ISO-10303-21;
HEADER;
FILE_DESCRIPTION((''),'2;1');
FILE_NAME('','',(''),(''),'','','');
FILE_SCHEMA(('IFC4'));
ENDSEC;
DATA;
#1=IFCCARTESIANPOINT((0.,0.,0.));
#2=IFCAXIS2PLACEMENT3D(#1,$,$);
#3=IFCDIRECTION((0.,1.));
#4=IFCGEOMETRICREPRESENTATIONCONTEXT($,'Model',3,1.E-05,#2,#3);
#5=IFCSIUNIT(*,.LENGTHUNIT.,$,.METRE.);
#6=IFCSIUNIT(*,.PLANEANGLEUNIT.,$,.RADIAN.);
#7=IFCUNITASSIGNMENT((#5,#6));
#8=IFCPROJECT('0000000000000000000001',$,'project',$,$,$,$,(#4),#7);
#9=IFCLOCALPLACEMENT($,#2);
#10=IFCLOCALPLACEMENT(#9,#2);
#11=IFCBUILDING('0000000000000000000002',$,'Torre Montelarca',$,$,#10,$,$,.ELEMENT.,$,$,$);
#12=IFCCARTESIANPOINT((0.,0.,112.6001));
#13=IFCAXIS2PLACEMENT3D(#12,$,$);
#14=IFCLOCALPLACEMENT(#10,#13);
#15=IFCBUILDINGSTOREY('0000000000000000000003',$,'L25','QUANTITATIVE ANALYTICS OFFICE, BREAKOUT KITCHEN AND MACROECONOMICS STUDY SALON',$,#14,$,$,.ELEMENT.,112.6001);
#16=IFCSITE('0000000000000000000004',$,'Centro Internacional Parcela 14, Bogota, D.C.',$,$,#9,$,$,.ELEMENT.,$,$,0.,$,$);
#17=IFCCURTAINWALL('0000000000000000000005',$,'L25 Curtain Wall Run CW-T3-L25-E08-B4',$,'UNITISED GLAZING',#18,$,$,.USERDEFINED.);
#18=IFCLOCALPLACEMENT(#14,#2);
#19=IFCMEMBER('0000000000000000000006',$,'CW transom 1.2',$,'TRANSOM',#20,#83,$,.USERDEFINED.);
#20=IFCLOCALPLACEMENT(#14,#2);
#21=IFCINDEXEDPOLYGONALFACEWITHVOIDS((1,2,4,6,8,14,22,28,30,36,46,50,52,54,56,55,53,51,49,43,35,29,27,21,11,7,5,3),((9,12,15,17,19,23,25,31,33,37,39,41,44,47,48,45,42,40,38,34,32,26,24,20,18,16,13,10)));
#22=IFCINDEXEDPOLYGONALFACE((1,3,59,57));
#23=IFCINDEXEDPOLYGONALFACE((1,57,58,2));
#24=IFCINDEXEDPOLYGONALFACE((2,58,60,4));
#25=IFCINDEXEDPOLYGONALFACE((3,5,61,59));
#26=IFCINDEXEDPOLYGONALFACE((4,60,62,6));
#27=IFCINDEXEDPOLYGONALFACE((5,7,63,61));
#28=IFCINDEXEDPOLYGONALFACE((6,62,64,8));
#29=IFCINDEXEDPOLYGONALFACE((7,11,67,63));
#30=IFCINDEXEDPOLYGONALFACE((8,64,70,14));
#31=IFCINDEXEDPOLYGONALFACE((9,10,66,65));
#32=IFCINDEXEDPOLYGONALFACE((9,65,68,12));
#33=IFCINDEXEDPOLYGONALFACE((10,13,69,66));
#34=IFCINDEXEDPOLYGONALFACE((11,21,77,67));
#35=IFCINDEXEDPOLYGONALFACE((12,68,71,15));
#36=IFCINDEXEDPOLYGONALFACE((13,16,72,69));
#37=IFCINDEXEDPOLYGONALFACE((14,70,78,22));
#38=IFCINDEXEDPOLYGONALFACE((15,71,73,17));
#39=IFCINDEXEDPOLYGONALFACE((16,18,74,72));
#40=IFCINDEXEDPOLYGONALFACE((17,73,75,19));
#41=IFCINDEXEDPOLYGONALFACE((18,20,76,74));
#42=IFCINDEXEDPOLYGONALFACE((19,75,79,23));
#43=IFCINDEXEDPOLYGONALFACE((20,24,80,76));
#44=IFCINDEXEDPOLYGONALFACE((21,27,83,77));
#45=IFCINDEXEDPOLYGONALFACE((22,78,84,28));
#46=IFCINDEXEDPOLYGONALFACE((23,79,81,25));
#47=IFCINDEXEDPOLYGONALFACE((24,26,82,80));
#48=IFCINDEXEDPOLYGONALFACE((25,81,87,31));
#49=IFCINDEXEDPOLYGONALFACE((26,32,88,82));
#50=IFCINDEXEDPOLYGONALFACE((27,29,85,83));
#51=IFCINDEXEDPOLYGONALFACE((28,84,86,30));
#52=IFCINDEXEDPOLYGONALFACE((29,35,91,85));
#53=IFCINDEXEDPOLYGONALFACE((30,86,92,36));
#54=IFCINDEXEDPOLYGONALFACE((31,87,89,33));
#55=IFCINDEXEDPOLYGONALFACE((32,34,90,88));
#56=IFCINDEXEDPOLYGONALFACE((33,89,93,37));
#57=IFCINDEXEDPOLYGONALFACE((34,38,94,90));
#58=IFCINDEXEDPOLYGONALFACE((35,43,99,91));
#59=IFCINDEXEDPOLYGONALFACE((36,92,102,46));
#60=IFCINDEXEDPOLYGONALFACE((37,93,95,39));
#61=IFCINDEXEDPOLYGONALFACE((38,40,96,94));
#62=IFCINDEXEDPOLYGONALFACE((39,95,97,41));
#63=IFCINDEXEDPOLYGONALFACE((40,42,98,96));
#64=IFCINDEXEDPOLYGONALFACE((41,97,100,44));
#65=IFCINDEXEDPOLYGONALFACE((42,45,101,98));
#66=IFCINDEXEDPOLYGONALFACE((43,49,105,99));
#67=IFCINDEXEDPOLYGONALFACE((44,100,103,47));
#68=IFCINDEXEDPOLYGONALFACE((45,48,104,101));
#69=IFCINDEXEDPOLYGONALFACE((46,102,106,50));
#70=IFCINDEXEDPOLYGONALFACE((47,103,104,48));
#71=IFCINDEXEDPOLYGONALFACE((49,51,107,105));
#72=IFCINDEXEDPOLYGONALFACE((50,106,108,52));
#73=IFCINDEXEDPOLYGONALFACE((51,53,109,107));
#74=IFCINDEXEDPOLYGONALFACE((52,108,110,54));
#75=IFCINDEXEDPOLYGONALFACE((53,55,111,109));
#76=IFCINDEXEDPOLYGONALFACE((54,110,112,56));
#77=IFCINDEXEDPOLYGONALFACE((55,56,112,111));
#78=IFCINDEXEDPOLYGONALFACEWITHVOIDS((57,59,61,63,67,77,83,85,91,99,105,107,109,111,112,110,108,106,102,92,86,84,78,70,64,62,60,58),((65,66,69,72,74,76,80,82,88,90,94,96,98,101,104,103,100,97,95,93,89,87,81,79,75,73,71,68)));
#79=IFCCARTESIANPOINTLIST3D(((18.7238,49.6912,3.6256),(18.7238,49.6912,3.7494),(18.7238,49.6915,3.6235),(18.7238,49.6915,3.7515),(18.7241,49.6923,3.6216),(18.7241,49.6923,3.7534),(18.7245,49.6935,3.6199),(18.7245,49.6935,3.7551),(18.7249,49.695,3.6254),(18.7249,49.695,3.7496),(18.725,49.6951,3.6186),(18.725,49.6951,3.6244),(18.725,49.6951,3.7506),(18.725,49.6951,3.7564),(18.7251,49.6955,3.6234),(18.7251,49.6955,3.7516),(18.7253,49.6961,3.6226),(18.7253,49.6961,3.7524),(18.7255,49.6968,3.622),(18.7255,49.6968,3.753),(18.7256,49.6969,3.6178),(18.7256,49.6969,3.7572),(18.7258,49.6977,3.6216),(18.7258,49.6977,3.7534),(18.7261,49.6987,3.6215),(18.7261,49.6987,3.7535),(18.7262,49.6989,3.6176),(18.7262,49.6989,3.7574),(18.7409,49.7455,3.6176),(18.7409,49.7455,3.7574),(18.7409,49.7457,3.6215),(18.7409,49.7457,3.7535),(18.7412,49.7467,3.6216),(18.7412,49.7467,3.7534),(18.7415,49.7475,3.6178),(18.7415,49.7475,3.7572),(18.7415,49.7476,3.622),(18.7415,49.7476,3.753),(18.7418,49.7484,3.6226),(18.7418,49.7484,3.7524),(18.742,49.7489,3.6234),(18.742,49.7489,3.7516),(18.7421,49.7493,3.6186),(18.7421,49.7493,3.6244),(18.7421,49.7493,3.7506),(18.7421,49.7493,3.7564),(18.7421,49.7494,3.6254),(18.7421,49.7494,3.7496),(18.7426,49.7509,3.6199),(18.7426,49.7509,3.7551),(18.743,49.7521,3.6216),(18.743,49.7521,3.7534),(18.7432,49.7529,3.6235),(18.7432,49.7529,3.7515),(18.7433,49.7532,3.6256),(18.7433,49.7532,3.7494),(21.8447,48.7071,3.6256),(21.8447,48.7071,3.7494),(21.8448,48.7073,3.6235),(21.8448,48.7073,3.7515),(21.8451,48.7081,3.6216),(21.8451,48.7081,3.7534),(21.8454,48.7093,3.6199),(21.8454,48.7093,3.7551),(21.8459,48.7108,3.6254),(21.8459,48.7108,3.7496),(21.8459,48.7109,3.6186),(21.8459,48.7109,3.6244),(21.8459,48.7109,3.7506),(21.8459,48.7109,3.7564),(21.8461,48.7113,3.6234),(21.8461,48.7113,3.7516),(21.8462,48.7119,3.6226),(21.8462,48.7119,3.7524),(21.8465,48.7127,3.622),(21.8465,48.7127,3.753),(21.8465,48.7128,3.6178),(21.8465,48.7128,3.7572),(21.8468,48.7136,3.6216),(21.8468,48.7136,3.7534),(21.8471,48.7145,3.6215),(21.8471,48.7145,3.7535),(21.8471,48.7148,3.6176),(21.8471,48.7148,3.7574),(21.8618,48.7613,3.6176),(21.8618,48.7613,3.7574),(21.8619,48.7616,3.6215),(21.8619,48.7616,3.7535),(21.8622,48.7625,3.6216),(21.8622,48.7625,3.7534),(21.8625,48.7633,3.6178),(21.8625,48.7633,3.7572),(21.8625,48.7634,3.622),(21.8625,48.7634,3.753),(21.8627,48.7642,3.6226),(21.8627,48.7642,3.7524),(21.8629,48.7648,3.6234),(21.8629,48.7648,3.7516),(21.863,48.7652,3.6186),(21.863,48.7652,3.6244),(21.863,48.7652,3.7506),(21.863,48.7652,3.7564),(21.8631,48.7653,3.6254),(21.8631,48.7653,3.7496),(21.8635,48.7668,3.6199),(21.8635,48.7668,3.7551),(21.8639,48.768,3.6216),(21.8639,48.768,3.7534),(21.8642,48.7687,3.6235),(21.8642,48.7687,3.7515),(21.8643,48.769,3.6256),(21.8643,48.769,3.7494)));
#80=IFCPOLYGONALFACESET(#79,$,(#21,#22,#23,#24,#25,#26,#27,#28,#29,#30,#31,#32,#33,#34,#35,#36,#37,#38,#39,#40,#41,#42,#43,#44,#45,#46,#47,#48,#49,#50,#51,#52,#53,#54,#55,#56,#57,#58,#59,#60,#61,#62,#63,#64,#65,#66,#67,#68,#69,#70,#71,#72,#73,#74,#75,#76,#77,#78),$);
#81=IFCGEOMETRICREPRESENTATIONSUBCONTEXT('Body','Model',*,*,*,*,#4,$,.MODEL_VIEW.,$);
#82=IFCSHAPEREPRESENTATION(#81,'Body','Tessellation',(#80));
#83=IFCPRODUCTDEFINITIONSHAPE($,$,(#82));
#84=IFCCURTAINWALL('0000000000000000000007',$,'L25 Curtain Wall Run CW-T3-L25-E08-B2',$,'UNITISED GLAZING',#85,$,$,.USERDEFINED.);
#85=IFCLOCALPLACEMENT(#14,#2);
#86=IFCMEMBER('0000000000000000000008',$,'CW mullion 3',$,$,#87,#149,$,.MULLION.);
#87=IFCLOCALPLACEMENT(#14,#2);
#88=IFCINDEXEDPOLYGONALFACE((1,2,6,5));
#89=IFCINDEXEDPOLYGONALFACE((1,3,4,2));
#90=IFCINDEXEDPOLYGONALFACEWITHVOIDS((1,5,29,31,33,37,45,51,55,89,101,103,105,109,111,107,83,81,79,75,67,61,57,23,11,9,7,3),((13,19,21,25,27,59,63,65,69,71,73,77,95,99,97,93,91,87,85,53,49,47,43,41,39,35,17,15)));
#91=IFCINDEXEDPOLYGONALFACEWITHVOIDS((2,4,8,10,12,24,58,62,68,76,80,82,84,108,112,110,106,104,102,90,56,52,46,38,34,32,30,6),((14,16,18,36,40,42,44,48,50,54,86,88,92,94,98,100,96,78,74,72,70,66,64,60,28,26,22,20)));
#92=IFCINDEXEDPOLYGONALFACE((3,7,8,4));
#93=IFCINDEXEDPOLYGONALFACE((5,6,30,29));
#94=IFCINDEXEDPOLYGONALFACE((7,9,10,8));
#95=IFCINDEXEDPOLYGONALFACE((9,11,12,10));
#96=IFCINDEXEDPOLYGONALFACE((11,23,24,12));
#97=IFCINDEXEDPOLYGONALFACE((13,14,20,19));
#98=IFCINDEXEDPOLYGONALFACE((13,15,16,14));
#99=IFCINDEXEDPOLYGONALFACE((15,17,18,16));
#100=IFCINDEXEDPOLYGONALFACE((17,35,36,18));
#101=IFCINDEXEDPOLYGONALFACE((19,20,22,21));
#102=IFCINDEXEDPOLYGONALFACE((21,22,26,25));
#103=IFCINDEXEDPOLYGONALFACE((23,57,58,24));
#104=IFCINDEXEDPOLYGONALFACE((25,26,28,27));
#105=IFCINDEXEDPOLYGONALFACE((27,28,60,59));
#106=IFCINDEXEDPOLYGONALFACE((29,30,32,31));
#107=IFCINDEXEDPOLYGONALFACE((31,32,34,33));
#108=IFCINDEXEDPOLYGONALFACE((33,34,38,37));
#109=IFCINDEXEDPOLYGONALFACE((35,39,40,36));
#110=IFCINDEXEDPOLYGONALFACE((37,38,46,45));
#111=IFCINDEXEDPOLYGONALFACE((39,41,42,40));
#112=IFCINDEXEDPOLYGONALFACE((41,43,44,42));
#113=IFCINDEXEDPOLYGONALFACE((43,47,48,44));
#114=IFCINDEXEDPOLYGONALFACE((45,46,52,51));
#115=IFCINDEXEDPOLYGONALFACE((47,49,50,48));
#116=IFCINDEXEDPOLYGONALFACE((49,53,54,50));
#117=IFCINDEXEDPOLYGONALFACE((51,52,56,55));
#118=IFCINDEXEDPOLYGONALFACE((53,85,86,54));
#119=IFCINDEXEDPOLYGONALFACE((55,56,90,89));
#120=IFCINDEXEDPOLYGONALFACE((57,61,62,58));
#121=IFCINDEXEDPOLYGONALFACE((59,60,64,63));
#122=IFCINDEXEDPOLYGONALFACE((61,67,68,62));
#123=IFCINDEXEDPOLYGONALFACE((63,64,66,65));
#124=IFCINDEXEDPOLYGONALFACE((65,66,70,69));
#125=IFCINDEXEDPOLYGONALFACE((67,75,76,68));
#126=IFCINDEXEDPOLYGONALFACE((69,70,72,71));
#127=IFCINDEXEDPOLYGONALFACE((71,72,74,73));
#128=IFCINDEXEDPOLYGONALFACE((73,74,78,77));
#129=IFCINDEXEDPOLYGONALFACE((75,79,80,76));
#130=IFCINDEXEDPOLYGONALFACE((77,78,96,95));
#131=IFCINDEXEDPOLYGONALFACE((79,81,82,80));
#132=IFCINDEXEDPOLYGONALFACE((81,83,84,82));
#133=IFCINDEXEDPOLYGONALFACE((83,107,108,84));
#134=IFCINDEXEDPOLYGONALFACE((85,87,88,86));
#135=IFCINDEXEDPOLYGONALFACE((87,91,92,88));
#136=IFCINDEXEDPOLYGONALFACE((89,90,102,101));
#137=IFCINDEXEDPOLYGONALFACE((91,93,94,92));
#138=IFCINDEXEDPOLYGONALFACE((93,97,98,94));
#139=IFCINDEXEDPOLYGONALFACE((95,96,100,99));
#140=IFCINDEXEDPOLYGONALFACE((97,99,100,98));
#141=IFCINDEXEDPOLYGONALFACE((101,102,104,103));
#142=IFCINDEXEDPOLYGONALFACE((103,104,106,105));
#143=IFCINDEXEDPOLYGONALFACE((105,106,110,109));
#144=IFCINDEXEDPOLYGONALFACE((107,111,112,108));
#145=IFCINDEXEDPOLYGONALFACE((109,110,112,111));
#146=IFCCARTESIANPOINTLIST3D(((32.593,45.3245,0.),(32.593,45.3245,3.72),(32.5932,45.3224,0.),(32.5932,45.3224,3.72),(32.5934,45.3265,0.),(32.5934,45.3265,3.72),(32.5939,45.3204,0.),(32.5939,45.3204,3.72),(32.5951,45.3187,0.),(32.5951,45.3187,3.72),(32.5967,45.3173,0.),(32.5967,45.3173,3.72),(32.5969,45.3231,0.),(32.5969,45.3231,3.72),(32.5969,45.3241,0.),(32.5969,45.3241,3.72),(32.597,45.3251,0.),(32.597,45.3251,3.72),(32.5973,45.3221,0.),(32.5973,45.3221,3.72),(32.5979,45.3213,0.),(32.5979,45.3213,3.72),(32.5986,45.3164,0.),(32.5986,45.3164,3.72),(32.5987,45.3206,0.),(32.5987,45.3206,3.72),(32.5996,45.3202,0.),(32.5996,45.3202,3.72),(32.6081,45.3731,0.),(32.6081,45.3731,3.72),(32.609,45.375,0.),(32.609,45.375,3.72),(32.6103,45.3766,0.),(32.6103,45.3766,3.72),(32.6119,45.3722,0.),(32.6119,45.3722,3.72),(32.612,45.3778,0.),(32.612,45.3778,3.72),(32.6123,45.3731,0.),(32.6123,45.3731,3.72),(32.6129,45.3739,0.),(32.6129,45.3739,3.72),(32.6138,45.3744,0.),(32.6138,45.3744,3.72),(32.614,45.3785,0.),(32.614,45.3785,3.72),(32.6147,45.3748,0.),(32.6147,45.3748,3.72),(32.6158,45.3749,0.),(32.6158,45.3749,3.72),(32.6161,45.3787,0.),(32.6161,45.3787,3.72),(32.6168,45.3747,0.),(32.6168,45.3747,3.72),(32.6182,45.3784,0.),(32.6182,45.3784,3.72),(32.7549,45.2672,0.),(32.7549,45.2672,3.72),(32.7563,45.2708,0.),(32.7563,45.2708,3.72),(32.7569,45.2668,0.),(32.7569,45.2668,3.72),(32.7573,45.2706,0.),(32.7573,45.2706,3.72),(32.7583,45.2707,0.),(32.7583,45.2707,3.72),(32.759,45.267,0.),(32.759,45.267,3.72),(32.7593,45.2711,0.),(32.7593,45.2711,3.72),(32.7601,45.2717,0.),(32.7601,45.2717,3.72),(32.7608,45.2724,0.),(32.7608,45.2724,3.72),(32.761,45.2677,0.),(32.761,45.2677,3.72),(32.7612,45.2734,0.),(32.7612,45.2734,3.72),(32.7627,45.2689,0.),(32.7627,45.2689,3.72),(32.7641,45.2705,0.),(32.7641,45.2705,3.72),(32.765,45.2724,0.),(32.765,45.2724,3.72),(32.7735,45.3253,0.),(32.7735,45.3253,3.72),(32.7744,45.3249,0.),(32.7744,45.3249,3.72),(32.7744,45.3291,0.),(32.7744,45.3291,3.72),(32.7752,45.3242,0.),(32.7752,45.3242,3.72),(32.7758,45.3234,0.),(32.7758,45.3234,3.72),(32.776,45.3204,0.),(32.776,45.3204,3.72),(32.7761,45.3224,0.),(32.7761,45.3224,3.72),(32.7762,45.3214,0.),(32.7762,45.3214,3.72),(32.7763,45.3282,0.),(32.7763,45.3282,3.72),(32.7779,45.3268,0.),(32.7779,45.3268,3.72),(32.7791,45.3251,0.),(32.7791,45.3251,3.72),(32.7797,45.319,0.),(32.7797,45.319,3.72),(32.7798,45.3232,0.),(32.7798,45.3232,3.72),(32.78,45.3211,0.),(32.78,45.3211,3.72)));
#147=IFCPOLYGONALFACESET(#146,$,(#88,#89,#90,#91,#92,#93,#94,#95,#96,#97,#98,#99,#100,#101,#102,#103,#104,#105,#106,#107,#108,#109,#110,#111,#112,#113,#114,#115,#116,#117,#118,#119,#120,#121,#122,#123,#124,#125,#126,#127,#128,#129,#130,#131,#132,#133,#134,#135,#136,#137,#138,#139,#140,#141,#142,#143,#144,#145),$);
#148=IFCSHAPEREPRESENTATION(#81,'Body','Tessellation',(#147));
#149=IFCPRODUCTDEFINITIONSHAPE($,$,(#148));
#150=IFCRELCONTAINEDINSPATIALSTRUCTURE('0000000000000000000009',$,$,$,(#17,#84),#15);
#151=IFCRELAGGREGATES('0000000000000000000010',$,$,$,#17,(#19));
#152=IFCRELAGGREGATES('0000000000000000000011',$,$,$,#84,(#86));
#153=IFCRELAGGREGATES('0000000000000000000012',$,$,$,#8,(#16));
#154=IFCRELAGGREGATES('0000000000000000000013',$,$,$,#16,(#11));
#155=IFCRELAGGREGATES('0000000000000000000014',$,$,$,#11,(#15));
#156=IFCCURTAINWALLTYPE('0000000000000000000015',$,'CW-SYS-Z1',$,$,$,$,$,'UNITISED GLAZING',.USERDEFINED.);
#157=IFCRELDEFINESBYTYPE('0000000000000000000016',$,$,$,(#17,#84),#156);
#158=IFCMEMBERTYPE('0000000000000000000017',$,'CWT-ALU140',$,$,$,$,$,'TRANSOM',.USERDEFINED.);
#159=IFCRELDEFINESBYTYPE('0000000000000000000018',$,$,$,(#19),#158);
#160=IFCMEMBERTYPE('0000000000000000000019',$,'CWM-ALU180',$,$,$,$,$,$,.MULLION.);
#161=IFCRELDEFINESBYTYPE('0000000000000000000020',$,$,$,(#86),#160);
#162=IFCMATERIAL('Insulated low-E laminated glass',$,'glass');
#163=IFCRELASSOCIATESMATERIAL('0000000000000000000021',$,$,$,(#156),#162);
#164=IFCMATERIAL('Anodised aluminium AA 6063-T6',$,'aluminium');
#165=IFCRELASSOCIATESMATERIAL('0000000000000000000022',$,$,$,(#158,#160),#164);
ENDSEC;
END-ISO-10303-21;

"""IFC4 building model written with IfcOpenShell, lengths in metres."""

from ifc_helpers import new_model, si_unit, direction, frame, origin, origin_2d, place, context, subcontext, project, spatial, hollow_rectangle, extrude, source, transform, mapped, material, material_profile, profile_set, type_object, element, aggregate, save


model = new_model("IFC4")

# Units and contexts
model_context = context("Model", 3, precision=1e-05, world=origin(), true_north=direction((0.0, 1.0)))
body_context = subcontext(model_context, "Body", "Model", "MODEL_VIEW")
ifc_project = project(units=[si_unit("LENGTHUNIT", "METRE"), si_unit("PLANEANGLEUNIT", "RADIAN")], contexts=[model_context])

# Site, building, storey
site_placement = place(None, origin())
site = spatial("IfcSite", under=ifc_project, at=site_placement, Name="Centro Internacional Parcela 14, Bogota, D.C.", CompositionType="ELEMENT", RefElevation=0.0)
building_placement = place(site_placement, origin())
building = spatial("IfcBuilding", under=site, at=building_placement, Name="Torre Montelarca", CompositionType="ELEMENT")
storey_placement = place(building_placement, frame((0.0, 0.0, 112.6001)))
storey = spatial("IfcBuildingStorey", under=building, at=storey_placement, Name="L25", Description="QUANTITATIVE ANALYTICS OFFICE, BREAKOUT KITCHEN AND MACROECONOMICS STUDY SALON", CompositionType="ELEMENT", Elevation=112.6001)

# Curtain wall, member
ifc_material_1 = material(Name="Insulated low-E laminated glass", Category="glass")
curtain_wall_type = type_object("IfcCurtainWallType", Name="CW-SYS-Z1", ElementType="UNITISED GLAZING", PredefinedType="USERDEFINED", material=ifc_material_1)
ifc_material_2 = material(Name="Anodised aluminium AA 6063-T6", Category="aluminium")
ifc_material_profile_1 = material_profile(ifc_material_2, hollow_rectangle(XDim=0.0649, YDim=0.1399, WallThickness=0.0039, InnerFilletRadius=0.0039, OuterFilletRadius=0.0081, at=origin_2d()), Name="ALU65X140X4", Category="aluminium")
ifc_profile_set_1 = profile_set([ifc_material_profile_1], Name="Anodised aluminium AA 6063-T6")
member_type_1 = type_object("IfcMemberType", Name="CWT-ALU140", ElementType="TRANSOM", PredefinedType="USERDEFINED", material=ifc_profile_set_1)
shared_shape_1 = source(origin(), body_context, "Body", "SweptSolid", [
    extrude(hollow_rectangle(XDim=0.0649, YDim=0.1399, WallThickness=0.0039, InnerFilletRadius=0.0039, OuterFilletRadius=0.0081, at=origin_2d()), origin(), (0.0, 0.0, 1.0), 3.2725),
])
curtain_wall_1_placement = place(storey_placement, origin())
curtain_wall_1 = element("IfcCurtainWall", 1, at=curtain_wall_1_placement, inside=storey, type_object=curtain_wall_type, Name="L25 Curtain Wall Run CW-T3-L25-E08-B4", ObjectType="UNITISED GLAZING", PredefinedType="USERDEFINED")
member_1_placement = place(storey_placement, frame((21.8545, 48.738, 3.6875), z_axis=(-0.953705, 0.300742, 0.0), x_axis=(-0.300742, -0.953705, 0.0)))
member_1 = element("IfcMember", 2, at=member_1_placement, type_object=member_type_1, Name="CW transom 1.2", ObjectType="TRANSOM", PredefinedType="USERDEFINED", context=body_context, shape_type="MappedRepresentation", body=[
    mapped(shared_shape_1, transform((0.0, 0.0, 0.0), scale=1.0)),
])

# Curtain wall, member
curtain_wall_2_placement = place(storey_placement, origin())
curtain_wall_2 = element("IfcCurtainWall", 3, at=curtain_wall_2_placement, inside=storey, type_object=curtain_wall_type, Name="L25 Curtain Wall Run CW-T3-L25-E08-B2", ObjectType="UNITISED GLAZING", PredefinedType="USERDEFINED")
ifc_material_profile_2 = material_profile(ifc_material_2, hollow_rectangle(XDim=0.0649, YDim=0.1799, WallThickness=0.0039, InnerFilletRadius=0.0039, OuterFilletRadius=0.0081, at=origin_2d()), Name="ALU65X180X4", Category="aluminium")
ifc_profile_set_2 = profile_set([ifc_material_profile_2], Name="Anodised aluminium AA 6063-T6")
member_type_2 = type_object("IfcMemberType", Name="CWM-ALU180", PredefinedType="MULLION", material=ifc_profile_set_2)
shared_shape_2 = source(origin(), body_context, "Body", "SweptSolid", [
    extrude(hollow_rectangle(XDim=0.0649, YDim=0.1799, WallThickness=0.0039, InnerFilletRadius=0.0039, OuterFilletRadius=0.0081, at=origin_2d()), origin(), (0.0, 0.0, 1.0), 3.72),
])
member_2_placement = place(storey_placement, frame((32.6865, 45.3228, 0.0), z_axis=(0.0, 0.0, 1.0), x_axis=(-0.300714, -0.953714, 0.0)))
member_2 = element("IfcMember", 4, at=member_2_placement, type_object=member_type_2, Name="CW mullion 3", PredefinedType="MULLION", context=body_context, shape_type="MappedRepresentation", body=[
    mapped(shared_shape_2, transform((0.0, 0.0, 0.0), scale=1.0)),
])

aggregate(curtain_wall_1, [member_1])

aggregate(curtain_wall_2, [member_2])

save(model, "model.ifc")
